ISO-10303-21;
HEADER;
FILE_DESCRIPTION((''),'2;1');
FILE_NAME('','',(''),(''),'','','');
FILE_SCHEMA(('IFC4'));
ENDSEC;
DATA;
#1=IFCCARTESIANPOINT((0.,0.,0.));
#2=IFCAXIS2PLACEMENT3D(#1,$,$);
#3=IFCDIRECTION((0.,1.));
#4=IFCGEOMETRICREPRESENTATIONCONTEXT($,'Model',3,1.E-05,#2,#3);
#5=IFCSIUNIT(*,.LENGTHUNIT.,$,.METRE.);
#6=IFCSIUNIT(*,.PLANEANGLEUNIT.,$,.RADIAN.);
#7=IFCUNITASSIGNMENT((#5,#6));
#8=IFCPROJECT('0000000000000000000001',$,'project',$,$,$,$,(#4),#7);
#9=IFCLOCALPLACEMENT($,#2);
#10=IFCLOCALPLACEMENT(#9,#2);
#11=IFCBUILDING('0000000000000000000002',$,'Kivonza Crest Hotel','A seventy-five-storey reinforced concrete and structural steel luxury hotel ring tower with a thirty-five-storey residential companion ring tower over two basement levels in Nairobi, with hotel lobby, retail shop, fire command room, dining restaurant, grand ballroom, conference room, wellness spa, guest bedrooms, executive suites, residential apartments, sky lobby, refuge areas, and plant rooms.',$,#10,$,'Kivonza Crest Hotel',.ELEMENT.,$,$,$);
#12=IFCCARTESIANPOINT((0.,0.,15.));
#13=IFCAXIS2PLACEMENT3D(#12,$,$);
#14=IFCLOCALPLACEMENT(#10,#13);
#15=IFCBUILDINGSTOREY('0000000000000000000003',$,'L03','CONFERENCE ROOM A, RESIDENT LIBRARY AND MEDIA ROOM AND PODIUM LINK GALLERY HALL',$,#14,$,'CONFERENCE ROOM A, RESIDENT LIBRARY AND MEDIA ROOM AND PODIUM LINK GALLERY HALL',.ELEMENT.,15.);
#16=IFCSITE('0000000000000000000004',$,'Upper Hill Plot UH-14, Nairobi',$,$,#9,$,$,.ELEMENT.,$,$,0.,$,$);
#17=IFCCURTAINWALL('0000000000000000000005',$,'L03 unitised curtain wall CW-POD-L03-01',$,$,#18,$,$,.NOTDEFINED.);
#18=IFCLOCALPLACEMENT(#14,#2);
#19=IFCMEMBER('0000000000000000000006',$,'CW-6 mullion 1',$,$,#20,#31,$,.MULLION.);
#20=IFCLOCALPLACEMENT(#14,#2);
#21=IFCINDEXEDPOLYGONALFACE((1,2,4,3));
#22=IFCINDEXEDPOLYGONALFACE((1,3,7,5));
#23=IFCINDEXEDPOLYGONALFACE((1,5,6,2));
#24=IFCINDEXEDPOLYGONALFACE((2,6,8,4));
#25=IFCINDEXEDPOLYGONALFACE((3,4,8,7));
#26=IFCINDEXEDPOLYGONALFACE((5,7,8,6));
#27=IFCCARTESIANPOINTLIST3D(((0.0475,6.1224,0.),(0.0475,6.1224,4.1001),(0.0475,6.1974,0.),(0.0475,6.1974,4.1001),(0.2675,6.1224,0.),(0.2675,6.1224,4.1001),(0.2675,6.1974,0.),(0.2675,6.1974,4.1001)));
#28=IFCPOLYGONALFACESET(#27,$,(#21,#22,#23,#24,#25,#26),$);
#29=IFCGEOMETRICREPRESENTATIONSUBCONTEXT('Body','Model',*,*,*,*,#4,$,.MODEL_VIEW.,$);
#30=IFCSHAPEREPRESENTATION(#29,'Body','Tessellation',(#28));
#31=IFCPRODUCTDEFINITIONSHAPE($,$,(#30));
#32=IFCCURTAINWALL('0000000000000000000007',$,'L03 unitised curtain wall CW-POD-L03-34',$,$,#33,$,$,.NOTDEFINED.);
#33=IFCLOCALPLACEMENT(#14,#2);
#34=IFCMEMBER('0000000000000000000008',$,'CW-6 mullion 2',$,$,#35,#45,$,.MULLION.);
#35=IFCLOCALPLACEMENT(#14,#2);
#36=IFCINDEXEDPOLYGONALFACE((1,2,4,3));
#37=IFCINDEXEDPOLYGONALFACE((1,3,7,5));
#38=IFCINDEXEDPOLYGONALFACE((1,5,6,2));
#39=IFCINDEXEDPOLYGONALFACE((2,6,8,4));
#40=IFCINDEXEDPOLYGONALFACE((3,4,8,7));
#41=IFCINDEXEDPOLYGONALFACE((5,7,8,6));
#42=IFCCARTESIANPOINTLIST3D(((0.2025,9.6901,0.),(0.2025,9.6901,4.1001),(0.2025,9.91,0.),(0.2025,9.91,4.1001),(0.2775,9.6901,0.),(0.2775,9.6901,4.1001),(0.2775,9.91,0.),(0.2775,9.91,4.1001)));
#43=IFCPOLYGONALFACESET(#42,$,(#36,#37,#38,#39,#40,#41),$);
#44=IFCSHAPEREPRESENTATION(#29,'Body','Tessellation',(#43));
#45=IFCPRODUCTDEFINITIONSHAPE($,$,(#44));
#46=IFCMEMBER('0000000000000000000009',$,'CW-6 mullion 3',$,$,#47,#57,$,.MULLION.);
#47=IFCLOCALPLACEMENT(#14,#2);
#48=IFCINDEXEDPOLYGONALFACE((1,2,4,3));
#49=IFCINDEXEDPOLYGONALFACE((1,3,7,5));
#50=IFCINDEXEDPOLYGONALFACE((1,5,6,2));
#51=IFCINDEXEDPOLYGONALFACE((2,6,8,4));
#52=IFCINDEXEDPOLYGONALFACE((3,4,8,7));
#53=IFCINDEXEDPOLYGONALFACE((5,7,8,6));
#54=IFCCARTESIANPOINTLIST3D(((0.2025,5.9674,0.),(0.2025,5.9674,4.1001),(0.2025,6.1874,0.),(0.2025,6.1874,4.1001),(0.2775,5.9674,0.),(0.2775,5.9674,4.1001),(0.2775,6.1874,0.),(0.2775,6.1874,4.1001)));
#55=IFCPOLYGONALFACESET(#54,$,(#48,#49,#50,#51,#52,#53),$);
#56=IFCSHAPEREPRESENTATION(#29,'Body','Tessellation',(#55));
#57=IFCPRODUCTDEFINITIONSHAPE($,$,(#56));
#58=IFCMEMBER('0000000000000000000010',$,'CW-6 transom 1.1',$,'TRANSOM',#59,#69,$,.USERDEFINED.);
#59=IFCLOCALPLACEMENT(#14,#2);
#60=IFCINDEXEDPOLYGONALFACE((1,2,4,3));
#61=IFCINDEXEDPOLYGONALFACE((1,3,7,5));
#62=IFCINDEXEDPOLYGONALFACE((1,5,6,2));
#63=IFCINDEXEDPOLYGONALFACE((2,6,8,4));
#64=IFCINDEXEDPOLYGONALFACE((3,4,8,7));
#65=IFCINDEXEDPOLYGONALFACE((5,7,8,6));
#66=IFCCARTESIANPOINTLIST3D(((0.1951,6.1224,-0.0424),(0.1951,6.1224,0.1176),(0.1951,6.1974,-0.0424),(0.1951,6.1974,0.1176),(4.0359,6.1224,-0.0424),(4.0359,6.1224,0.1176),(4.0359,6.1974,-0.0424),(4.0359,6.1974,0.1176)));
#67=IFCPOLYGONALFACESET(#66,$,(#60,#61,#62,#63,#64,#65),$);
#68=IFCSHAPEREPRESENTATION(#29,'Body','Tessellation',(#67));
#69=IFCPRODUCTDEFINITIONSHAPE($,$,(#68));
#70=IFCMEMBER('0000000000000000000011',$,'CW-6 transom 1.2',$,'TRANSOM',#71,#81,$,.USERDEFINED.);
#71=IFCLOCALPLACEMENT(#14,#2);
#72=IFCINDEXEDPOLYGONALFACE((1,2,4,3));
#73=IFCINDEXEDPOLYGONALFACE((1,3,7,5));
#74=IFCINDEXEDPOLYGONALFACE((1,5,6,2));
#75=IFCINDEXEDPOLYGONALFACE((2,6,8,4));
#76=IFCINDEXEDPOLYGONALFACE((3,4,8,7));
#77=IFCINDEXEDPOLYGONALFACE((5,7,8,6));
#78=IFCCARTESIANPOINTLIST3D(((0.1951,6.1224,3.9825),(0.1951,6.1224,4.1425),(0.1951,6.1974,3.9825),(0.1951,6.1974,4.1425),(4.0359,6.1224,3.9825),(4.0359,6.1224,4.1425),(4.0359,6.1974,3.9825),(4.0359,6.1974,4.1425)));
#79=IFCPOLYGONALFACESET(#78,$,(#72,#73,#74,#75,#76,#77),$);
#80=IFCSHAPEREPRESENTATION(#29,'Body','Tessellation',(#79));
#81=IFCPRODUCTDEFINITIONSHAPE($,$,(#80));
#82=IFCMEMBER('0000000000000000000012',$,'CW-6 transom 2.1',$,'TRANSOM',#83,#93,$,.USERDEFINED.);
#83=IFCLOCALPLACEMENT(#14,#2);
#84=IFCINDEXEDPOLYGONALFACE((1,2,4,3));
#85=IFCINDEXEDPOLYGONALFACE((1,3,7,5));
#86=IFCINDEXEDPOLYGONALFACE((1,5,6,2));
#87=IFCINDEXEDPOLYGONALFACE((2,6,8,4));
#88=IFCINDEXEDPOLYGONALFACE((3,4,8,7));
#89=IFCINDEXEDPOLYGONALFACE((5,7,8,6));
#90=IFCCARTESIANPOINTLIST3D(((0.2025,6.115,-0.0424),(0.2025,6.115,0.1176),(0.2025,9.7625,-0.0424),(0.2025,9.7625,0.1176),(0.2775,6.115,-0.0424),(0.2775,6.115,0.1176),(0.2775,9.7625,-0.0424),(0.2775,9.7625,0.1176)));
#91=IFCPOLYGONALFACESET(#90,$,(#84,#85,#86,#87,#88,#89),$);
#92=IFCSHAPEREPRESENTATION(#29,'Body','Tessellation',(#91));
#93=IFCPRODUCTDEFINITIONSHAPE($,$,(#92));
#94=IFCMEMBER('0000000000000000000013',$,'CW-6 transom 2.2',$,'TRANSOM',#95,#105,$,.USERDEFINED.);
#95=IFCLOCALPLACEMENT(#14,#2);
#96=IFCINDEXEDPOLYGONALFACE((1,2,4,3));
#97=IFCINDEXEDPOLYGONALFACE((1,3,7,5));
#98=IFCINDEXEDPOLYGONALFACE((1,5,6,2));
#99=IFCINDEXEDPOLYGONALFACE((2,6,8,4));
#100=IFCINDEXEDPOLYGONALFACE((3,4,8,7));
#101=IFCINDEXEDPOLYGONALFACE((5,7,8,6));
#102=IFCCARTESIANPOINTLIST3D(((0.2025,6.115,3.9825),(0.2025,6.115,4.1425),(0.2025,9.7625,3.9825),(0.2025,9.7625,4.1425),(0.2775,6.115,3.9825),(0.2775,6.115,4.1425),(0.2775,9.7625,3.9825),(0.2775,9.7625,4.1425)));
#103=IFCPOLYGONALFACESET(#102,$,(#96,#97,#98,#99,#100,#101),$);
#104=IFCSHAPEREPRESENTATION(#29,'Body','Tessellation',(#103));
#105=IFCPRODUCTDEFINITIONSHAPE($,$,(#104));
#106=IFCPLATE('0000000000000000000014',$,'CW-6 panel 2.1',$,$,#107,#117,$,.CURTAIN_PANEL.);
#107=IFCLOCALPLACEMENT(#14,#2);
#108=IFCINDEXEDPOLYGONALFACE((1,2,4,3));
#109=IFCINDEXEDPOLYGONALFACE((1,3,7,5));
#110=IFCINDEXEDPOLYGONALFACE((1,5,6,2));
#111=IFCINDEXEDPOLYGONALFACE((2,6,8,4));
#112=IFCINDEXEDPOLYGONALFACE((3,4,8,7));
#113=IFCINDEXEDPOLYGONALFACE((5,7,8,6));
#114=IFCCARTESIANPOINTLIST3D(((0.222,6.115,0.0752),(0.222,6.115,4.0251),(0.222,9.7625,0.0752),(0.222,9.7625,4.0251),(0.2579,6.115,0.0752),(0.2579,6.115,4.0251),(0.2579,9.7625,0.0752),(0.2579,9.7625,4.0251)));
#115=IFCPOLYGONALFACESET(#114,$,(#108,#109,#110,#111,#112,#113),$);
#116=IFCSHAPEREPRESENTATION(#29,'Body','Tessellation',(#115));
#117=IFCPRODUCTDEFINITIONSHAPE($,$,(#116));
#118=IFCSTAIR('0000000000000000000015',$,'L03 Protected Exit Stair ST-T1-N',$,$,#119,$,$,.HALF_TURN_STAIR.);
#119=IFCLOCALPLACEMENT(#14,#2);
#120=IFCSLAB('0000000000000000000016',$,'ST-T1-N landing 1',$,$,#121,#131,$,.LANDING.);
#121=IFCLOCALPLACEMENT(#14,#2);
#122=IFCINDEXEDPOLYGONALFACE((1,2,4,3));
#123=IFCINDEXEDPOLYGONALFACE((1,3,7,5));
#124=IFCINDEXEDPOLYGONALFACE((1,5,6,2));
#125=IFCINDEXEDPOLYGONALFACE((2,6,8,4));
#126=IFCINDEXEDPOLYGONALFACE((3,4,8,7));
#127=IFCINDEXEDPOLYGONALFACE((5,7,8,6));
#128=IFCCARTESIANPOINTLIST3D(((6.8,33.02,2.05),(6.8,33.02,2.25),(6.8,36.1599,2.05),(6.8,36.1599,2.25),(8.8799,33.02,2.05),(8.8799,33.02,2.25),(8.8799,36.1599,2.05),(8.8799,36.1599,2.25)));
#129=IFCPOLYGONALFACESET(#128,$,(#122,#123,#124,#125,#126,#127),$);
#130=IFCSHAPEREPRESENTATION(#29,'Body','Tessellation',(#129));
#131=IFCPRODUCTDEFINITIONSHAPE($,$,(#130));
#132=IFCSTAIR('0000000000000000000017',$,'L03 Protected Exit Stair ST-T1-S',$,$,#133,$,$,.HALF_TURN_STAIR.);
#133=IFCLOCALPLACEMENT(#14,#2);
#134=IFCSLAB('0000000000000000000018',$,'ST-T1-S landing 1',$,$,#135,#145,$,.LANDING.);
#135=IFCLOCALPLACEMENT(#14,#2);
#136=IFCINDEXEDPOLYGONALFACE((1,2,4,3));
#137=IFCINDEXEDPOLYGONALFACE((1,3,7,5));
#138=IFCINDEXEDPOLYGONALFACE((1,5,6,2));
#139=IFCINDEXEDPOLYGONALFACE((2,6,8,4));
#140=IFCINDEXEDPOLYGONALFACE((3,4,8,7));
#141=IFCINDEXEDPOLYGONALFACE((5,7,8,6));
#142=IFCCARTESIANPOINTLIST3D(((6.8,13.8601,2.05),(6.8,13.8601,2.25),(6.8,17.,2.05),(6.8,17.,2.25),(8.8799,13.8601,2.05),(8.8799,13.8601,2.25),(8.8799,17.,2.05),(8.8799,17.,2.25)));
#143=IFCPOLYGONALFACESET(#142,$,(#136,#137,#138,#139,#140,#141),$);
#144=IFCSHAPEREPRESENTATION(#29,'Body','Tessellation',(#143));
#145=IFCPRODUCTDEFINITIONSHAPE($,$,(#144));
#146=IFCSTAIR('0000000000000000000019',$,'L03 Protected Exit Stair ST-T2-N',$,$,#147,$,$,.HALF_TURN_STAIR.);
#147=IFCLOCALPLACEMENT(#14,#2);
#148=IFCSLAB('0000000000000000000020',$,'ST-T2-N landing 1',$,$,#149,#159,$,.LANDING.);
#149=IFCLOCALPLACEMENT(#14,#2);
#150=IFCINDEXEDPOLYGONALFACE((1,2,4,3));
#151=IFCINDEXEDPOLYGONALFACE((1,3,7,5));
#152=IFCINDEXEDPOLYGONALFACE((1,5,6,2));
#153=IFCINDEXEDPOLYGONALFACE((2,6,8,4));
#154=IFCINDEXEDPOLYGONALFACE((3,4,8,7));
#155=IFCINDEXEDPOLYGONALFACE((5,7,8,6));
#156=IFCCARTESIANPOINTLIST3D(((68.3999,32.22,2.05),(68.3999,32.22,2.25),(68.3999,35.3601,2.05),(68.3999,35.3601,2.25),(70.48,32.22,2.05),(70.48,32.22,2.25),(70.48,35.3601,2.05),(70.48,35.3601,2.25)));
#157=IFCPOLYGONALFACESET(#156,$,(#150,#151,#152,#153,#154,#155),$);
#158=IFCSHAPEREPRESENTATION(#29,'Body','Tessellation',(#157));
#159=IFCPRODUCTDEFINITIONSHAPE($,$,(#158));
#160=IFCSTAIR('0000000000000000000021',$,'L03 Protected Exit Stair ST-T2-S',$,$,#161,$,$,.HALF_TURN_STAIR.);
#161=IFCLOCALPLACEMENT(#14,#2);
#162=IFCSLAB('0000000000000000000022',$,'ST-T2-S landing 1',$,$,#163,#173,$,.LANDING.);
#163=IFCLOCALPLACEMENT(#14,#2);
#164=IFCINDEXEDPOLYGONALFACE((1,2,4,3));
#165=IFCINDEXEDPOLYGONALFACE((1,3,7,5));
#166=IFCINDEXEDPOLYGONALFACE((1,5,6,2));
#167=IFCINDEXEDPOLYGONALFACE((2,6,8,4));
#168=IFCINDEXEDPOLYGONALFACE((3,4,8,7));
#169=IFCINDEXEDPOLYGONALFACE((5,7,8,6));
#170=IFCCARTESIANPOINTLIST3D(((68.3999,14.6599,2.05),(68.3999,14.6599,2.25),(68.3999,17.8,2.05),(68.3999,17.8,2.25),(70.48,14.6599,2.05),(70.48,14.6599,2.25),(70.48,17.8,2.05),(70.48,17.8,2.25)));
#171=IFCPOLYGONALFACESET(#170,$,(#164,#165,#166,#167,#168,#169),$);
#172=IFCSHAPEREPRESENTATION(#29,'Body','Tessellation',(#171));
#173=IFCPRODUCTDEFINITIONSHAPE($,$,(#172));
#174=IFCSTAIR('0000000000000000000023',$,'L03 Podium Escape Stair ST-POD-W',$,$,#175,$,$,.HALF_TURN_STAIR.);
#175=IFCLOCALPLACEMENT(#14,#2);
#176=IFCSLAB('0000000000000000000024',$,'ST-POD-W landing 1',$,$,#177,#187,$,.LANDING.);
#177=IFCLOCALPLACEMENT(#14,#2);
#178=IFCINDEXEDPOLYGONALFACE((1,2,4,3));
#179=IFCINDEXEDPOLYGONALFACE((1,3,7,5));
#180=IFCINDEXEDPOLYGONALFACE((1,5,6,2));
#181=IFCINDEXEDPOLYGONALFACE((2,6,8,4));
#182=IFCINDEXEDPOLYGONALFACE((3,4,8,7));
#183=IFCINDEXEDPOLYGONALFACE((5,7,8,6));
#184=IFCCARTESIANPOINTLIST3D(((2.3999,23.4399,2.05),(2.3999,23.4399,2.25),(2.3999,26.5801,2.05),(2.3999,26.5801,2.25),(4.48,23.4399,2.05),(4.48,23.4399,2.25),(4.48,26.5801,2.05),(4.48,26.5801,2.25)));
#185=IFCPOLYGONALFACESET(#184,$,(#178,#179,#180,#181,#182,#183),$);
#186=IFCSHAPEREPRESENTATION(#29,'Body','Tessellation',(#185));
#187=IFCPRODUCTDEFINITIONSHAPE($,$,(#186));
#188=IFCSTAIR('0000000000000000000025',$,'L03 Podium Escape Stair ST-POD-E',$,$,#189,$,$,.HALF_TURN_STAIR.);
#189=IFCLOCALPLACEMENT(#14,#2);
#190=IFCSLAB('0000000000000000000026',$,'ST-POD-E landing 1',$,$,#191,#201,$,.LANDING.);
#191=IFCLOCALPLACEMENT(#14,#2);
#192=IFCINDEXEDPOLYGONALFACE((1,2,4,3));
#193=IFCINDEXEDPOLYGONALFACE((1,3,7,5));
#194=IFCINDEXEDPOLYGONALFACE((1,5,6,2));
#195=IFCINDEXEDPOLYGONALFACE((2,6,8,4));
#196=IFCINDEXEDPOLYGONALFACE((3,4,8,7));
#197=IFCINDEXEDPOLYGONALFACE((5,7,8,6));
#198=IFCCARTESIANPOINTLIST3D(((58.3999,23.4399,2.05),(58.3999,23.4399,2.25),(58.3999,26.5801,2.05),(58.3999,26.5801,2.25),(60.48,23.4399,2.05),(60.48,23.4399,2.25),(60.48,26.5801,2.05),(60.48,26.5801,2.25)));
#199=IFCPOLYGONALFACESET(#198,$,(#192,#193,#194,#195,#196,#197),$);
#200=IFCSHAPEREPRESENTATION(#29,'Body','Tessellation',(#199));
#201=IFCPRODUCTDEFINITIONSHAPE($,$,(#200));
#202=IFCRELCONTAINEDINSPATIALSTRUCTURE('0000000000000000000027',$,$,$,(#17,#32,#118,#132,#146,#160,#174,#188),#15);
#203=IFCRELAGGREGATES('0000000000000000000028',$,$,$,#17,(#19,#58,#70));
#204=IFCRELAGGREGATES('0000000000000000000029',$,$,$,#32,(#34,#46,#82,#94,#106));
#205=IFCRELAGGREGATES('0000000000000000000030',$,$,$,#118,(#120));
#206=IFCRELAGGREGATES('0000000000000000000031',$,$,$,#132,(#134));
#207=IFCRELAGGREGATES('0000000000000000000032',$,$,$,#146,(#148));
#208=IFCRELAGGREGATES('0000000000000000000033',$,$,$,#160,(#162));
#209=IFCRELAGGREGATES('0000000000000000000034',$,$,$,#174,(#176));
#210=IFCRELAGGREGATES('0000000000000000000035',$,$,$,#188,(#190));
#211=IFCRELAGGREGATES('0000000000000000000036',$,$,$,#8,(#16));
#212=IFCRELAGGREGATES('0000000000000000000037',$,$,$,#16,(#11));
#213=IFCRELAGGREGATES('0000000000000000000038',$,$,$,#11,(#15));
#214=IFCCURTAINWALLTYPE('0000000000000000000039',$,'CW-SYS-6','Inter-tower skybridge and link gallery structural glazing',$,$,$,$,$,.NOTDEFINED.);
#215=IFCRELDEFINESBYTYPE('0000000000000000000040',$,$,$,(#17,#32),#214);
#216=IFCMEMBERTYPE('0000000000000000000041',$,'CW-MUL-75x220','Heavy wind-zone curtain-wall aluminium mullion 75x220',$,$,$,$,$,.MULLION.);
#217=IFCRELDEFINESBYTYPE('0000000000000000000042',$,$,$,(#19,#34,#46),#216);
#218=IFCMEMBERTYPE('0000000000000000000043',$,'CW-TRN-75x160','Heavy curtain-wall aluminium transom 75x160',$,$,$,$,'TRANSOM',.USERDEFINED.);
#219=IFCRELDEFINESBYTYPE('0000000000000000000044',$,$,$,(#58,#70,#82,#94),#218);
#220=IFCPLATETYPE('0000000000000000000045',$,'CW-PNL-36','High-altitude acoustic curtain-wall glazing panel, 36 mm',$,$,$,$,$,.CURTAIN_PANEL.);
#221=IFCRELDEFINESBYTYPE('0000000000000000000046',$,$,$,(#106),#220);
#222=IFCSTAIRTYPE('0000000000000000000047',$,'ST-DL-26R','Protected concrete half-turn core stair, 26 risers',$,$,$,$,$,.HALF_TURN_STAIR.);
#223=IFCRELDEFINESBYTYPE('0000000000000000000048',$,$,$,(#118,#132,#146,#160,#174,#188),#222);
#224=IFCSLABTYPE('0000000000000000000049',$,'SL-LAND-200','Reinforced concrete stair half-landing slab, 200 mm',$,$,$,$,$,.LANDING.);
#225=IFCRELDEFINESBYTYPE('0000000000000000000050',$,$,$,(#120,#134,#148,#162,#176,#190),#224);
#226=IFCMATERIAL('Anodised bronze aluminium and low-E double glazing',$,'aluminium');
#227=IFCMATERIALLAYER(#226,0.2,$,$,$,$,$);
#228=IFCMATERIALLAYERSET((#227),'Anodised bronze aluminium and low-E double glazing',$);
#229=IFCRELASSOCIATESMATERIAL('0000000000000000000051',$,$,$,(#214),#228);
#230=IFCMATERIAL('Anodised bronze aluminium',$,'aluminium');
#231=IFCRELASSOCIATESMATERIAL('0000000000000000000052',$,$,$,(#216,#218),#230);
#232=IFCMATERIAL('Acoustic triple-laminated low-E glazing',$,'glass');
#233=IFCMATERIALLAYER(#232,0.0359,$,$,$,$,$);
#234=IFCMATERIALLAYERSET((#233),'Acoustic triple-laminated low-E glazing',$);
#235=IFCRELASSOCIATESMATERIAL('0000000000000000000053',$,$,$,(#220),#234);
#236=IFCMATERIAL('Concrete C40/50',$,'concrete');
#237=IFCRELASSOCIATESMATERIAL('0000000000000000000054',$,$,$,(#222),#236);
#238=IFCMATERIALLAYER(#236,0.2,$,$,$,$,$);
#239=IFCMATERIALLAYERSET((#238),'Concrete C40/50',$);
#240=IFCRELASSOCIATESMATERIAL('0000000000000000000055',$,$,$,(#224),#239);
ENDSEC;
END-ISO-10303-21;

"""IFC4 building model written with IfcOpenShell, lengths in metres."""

from ifc_helpers import new_model, si_unit, direction, frame, origin, origin_2d, place, context, subcontext, project, spatial, polyline, rectangle, outline, extrude, material, layer, layer_set, material_profile, profile_set, type_object, element, aggregate, save


model = new_model("IFC4")

# Units and contexts
model_context = context("Model", 3, precision=1e-05, world=origin(), true_north=direction((0.0, 1.0)))
body_context = subcontext(model_context, "Body", "Model", "MODEL_VIEW")
ifc_project = project(units=[si_unit("LENGTHUNIT", "METRE"), si_unit("PLANEANGLEUNIT", "RADIAN")], contexts=[model_context])

# Site, building, storey
site_placement = place(None, origin())
site = spatial("IfcSite", under=ifc_project, at=site_placement, Name="Upper Hill Plot UH-14, Nairobi", CompositionType="ELEMENT", RefElevation=0.0)
building_placement = place(site_placement, origin())
building = spatial("IfcBuilding", under=site, at=building_placement, Name="Kivonza Crest Hotel", Description="A seventy-five-storey reinforced concrete and structural steel luxury hotel ring tower with a thirty-five-storey residential companion ring tower over two basement levels in Nairobi, with hotel lobby, retail shop, fire command room, dining restaurant, grand ballroom, conference room, wellness spa, guest bedrooms, executive suites, residential apartments, sky lobby, refuge areas, and plant rooms.", LongName="Kivonza Crest Hotel", CompositionType="ELEMENT")
storey_placement = place(building_placement, frame((0.0, 0.0, 15.0)))
storey = spatial("IfcBuildingStorey", under=building, at=storey_placement, Name="L03", Description="CONFERENCE ROOM A, RESIDENT LIBRARY AND MEDIA ROOM AND PODIUM LINK GALLERY HALL", LongName="CONFERENCE ROOM A, RESIDENT LIBRARY AND MEDIA ROOM AND PODIUM LINK GALLERY HALL", CompositionType="ELEMENT", Elevation=15.0)

# Curtain wall, member
ifc_material_1 = material(Name="Anodised bronze aluminium and low-E double glazing", Category="aluminium")
ifc_layer_1 = layer(ifc_material_1, 0.2)
ifc_layer_set_1 = layer_set([ifc_layer_1], Name="Anodised bronze aluminium and low-E double glazing")
curtain_wall_type = type_object("IfcCurtainWallType", Name="CW-SYS-6", Description="Inter-tower skybridge and link gallery structural glazing", PredefinedType="NOTDEFINED", material=ifc_layer_set_1)
curtain_wall_1_placement = place(storey_placement, origin())
curtain_wall_1 = element("IfcCurtainWall", 1, at=curtain_wall_1_placement, inside=storey, type_object=curtain_wall_type, Name="L03 unitised curtain wall CW-POD-L03-01", PredefinedType="NOTDEFINED")
ifc_material_2 = material(Name="Anodised bronze aluminium", Category="aluminium")
ifc_material_profile_1 = material_profile(ifc_material_2, rectangle(XDim=0.075, YDim=0.22, at=origin_2d()), Name="CW-M 75x220")
ifc_profile_set_1 = profile_set([ifc_material_profile_1], Name="Anodised bronze aluminium")
member_type_1 = type_object("IfcMemberType", Name="CW-MUL-75x220", Description="Heavy wind-zone curtain-wall aluminium mullion 75x220", PredefinedType="MULLION", material=ifc_profile_set_1)
member_1_placement = place(storey_placement, frame((0.1575, 6.1599, 0.0), z_axis=(0.0, 0.0, 1.0), x_axis=(0.0, 1.0, 0.0)))
member_1 = element("IfcMember", 2, at=member_1_placement, type_object=member_type_1, Name="CW-6 mullion 1", PredefinedType="MULLION", context=body_context, shape_type="SweptSolid", body=[
    extrude(rectangle(XDim=0.075, YDim=0.22, at=origin_2d()), origin(), (0.0, 0.0, 1.0), 4.1001),
])

# Curtain wall, members
curtain_wall_2_placement = place(storey_placement, origin())
curtain_wall_2 = element("IfcCurtainWall", 3, at=curtain_wall_2_placement, inside=storey, type_object=curtain_wall_type, Name="L03 unitised curtain wall CW-POD-L03-34", PredefinedType="NOTDEFINED")
member_2_placement = place(storey_placement, frame((0.24, 9.8, 0.0), z_axis=(0.0, 0.0, 1.0), x_axis=(1.0, 0.0, 0.0)))
member_2 = element("IfcMember", 4, at=member_2_placement, type_object=member_type_1, Name="CW-6 mullion 2", PredefinedType="MULLION", context=body_context, shape_type="SweptSolid", body=[
    extrude(rectangle(XDim=0.075, YDim=0.22, at=origin_2d()), origin(), (0.0, 0.0, 1.0), 4.1001),
])
member_3_placement = place(storey_placement, frame((0.24, 6.0774, 0.0), z_axis=(0.0, 0.0, 1.0), x_axis=(1.0, 0.0, 0.0)))
member_3 = element("IfcMember", 5, at=member_3_placement, type_object=member_type_1, Name="CW-6 mullion 3", PredefinedType="MULLION", context=body_context, shape_type="SweptSolid", body=[
    extrude(rectangle(XDim=0.075, YDim=0.22, at=origin_2d()), origin(), (0.0, 0.0, 1.0), 4.1001),
])

# Members
ifc_material_profile_2 = material_profile(ifc_material_2, rectangle(XDim=0.075, YDim=0.1599, at=origin_2d()), Name="CW-T 75x160")
ifc_profile_set_2 = profile_set([ifc_material_profile_2], Name="Anodised bronze aluminium")
member_type_2 = type_object("IfcMemberType", Name="CW-TRN-75x160", Description="Heavy curtain-wall aluminium transom 75x160", ElementType="TRANSOM", PredefinedType="USERDEFINED", material=ifc_profile_set_2)
member_4_placement = place(storey_placement, frame((0.1951, 6.1599, 0.0376), z_axis=(1.0, 0.0, 0.0), x_axis=(0.0, 1.0, 0.0)))
member_4 = element("IfcMember", 6, at=member_4_placement, type_object=member_type_2, Name="CW-6 transom 1.1", ObjectType="TRANSOM", PredefinedType="USERDEFINED", context=body_context, shape_type="SweptSolid", body=[
    extrude(rectangle(XDim=0.075, YDim=0.1599, at=origin_2d()), origin(), (0.0, 0.0, 1.0), 3.8408),
])
member_5_placement = place(storey_placement, frame((0.1951, 6.1599, 4.0625), z_axis=(1.0, 0.0, 0.0), x_axis=(0.0, 1.0, 0.0)))
member_5 = element("IfcMember", 7, at=member_5_placement, type_object=member_type_2, Name="CW-6 transom 1.2", ObjectType="TRANSOM", PredefinedType="USERDEFINED", context=body_context, shape_type="SweptSolid", body=[
    extrude(rectangle(XDim=0.075, YDim=0.1599, at=origin_2d()), origin(), (0.0, 0.0, 1.0), 3.8408),
])
aggregate(curtain_wall_1, [member_1, member_4, member_5])
member_6_placement = place(storey_placement, frame((0.24, 9.7625, 0.0376), z_axis=(0.0, -1.0, 0.0), x_axis=(1.0, 0.0, 0.0)))
member_6 = element("IfcMember", 8, at=member_6_placement, type_object=member_type_2, Name="CW-6 transom 2.1", ObjectType="TRANSOM", PredefinedType="USERDEFINED", context=body_context, shape_type="SweptSolid", body=[
    extrude(rectangle(XDim=0.075, YDim=0.1599, at=origin_2d()), origin(), (0.0, 0.0, 1.0), 3.6475),
])
member_7_placement = place(storey_placement, frame((0.24, 9.7625, 4.0625), z_axis=(0.0, -1.0, 0.0), x_axis=(1.0, 0.0, 0.0)))
member_7 = element("IfcMember", 9, at=member_7_placement, type_object=member_type_2, Name="CW-6 transom 2.2", ObjectType="TRANSOM", PredefinedType="USERDEFINED", context=body_context, shape_type="SweptSolid", body=[
    extrude(rectangle(XDim=0.075, YDim=0.1599, at=origin_2d()), origin(), (0.0, 0.0, 1.0), 3.6475),
])

# Plate
ifc_material_3 = material(Name="Acoustic triple-laminated low-E glazing", Category="glass")
ifc_layer_2 = layer(ifc_material_3, 0.0359)
ifc_layer_set_2 = layer_set([ifc_layer_2], Name="Acoustic triple-laminated low-E glazing")
plate_type = type_object("IfcPlateType", Name="CW-PNL-36", Description="High-altitude acoustic curtain-wall glazing panel, 36 mm", PredefinedType="CURTAIN_PANEL", material=ifc_layer_set_2)
plate_placement = place(storey_placement, frame((0.24, 7.9387, 0.0752), z_axis=(0.0, 0.0, 1.0), x_axis=(0.0, -1.0, 0.0)))
plate = element("IfcPlate", 10, at=plate_placement, type_object=plate_type, Name="CW-6 panel 2.1", PredefinedType="CURTAIN_PANEL", context=body_context, shape_type="SweptSolid", body=[
    extrude(rectangle(XDim=3.6475, YDim=0.0359, at=origin_2d()), origin(), (0.0, 0.0, 1.0), 3.95),
])
aggregate(curtain_wall_2, [member_2, member_3, member_6, member_7, plate])

# Stairs, slabs
ifc_material_4 = material(Name="Concrete C40/50", Category="concrete")
stair_type = type_object("IfcStairType", Name="ST-DL-26R", Description="Protected concrete half-turn core stair, 26 risers", PredefinedType="HALF_TURN_STAIR", material=ifc_material_4)
stair_1_placement = place(storey_placement, origin())
stair_1 = element("IfcStair", 11, at=stair_1_placement, inside=storey, type_object=stair_type, Name="L03 Protected Exit Stair ST-T1-N", PredefinedType="HALF_TURN_STAIR")
ifc_layer_3 = layer(ifc_material_4, 0.2)
ifc_layer_set_3 = layer_set([ifc_layer_3], Name="Concrete C40/50")
slab_type_1 = type_object("IfcSlabType", Name="SL-LAND-200", Description="Reinforced concrete stair half-landing slab, 200 mm", PredefinedType="LANDING", material=ifc_layer_set_3)
slab_1_placement = place(storey_placement, frame((0.0, 0.0, 2.05)))
slab_1 = element("IfcSlab", 12, at=slab_1_placement, type_object=slab_type_1, Name="ST-T1-N landing 1", PredefinedType="LANDING", context=body_context, shape_type="SweptSolid", body=[
    extrude(outline(polyline([(8.8799, 36.1599), (6.8, 36.1599), (6.8, 33.02), (8.8799, 33.02), (8.8799, 36.1599)])), origin(), (0.0, 0.0, 1.0), 0.2),
])
aggregate(stair_1, [slab_1])
stair_2_placement = place(storey_placement, origin())
stair_2 = element("IfcStair", 13, at=stair_2_placement, inside=storey, type_object=stair_type, Name="L03 Protected Exit Stair ST-T1-S", PredefinedType="HALF_TURN_STAIR")
slab_2_placement = place(storey_placement, frame((0.0, 0.0, 2.05)))
slab_2 = element("IfcSlab", 14, at=slab_2_placement, type_object=slab_type_1, Name="ST-T1-S landing 1", PredefinedType="LANDING", context=body_context, shape_type="SweptSolid", body=[
    extrude(outline(polyline([(8.8799, 17.0), (6.8, 17.0), (6.8, 13.8601), (8.8799, 13.8601), (8.8799, 17.0)])), origin(), (0.0, 0.0, 1.0), 0.2),
])
aggregate(stair_2, [slab_2])
stair_3_placement = place(storey_placement, origin())
stair_3 = element("IfcStair", 15, at=stair_3_placement, inside=storey, type_object=stair_type, Name="L03 Protected Exit Stair ST-T2-N", PredefinedType="HALF_TURN_STAIR")
slab_3_placement = place(storey_placement, frame((0.0, 0.0, 2.05)))
slab_3 = element("IfcSlab", 16, at=slab_3_placement, type_object=slab_type_1, Name="ST-T2-N landing 1", PredefinedType="LANDING", context=body_context, shape_type="SweptSolid", body=[
    extrude(outline(polyline([(70.48, 35.3601), (68.3999, 35.3601), (68.3999, 32.22), (70.48, 32.22), (70.48, 35.3601)])), origin(), (0.0, 0.0, 1.0), 0.2),
])
aggregate(stair_3, [slab_3])
stair_4_placement = place(storey_placement, origin())
stair_4 = element("IfcStair", 17, at=stair_4_placement, inside=storey, type_object=stair_type, Name="L03 Protected Exit Stair ST-T2-S", PredefinedType="HALF_TURN_STAIR")
slab_4_placement = place(storey_placement, frame((0.0, 0.0, 2.05)))
slab_4 = element("IfcSlab", 18, at=slab_4_placement, type_object=slab_type_1, Name="ST-T2-S landing 1", PredefinedType="LANDING", context=body_context, shape_type="SweptSolid", body=[
    extrude(outline(polyline([(70.48, 17.8), (68.3999, 17.8), (68.3999, 14.6599), (70.48, 14.6599), (70.48, 17.8)])), origin(), (0.0, 0.0, 1.0), 0.2),
])
aggregate(stair_4, [slab_4])
stair_5_placement = place(storey_placement, origin())
stair_5 = element("IfcStair", 19, at=stair_5_placement, inside=storey, type_object=stair_type, Name="L03 Podium Escape Stair ST-POD-W", PredefinedType="HALF_TURN_STAIR")
slab_5_placement = place(storey_placement, frame((0.0, 0.0, 2.05)))
slab_5 = element("IfcSlab", 20, at=slab_5_placement, type_object=slab_type_1, Name="ST-POD-W landing 1", PredefinedType="LANDING", context=body_context, shape_type="SweptSolid", body=[
    extrude(outline(polyline([(4.48, 26.5801), (2.3999, 26.5801), (2.3999, 23.4399), (4.48, 23.4399), (4.48, 26.5801)])), origin(), (0.0, 0.0, 1.0), 0.2),
])
aggregate(stair_5, [slab_5])
stair_6_placement = place(storey_placement, origin())
stair_6 = element("IfcStair", 21, at=stair_6_placement, inside=storey, type_object=stair_type, Name="L03 Podium Escape Stair ST-POD-E", PredefinedType="HALF_TURN_STAIR")
slab_6_placement = place(storey_placement, frame((0.0, 0.0, 2.05)))
slab_6 = element("IfcSlab", 22, at=slab_6_placement, type_object=slab_type_1, Name="ST-POD-E landing 1", PredefinedType="LANDING", context=body_context, shape_type="SweptSolid", body=[
    extrude(outline(polyline([(60.48, 26.5801), (58.3999, 26.5801), (58.3999, 23.4399), (60.48, 23.4399), (60.48, 26.5801)])), origin(), (0.0, 0.0, 1.0), 0.2),
])
aggregate(stair_6, [slab_6])

save(model, "model.ifc")
